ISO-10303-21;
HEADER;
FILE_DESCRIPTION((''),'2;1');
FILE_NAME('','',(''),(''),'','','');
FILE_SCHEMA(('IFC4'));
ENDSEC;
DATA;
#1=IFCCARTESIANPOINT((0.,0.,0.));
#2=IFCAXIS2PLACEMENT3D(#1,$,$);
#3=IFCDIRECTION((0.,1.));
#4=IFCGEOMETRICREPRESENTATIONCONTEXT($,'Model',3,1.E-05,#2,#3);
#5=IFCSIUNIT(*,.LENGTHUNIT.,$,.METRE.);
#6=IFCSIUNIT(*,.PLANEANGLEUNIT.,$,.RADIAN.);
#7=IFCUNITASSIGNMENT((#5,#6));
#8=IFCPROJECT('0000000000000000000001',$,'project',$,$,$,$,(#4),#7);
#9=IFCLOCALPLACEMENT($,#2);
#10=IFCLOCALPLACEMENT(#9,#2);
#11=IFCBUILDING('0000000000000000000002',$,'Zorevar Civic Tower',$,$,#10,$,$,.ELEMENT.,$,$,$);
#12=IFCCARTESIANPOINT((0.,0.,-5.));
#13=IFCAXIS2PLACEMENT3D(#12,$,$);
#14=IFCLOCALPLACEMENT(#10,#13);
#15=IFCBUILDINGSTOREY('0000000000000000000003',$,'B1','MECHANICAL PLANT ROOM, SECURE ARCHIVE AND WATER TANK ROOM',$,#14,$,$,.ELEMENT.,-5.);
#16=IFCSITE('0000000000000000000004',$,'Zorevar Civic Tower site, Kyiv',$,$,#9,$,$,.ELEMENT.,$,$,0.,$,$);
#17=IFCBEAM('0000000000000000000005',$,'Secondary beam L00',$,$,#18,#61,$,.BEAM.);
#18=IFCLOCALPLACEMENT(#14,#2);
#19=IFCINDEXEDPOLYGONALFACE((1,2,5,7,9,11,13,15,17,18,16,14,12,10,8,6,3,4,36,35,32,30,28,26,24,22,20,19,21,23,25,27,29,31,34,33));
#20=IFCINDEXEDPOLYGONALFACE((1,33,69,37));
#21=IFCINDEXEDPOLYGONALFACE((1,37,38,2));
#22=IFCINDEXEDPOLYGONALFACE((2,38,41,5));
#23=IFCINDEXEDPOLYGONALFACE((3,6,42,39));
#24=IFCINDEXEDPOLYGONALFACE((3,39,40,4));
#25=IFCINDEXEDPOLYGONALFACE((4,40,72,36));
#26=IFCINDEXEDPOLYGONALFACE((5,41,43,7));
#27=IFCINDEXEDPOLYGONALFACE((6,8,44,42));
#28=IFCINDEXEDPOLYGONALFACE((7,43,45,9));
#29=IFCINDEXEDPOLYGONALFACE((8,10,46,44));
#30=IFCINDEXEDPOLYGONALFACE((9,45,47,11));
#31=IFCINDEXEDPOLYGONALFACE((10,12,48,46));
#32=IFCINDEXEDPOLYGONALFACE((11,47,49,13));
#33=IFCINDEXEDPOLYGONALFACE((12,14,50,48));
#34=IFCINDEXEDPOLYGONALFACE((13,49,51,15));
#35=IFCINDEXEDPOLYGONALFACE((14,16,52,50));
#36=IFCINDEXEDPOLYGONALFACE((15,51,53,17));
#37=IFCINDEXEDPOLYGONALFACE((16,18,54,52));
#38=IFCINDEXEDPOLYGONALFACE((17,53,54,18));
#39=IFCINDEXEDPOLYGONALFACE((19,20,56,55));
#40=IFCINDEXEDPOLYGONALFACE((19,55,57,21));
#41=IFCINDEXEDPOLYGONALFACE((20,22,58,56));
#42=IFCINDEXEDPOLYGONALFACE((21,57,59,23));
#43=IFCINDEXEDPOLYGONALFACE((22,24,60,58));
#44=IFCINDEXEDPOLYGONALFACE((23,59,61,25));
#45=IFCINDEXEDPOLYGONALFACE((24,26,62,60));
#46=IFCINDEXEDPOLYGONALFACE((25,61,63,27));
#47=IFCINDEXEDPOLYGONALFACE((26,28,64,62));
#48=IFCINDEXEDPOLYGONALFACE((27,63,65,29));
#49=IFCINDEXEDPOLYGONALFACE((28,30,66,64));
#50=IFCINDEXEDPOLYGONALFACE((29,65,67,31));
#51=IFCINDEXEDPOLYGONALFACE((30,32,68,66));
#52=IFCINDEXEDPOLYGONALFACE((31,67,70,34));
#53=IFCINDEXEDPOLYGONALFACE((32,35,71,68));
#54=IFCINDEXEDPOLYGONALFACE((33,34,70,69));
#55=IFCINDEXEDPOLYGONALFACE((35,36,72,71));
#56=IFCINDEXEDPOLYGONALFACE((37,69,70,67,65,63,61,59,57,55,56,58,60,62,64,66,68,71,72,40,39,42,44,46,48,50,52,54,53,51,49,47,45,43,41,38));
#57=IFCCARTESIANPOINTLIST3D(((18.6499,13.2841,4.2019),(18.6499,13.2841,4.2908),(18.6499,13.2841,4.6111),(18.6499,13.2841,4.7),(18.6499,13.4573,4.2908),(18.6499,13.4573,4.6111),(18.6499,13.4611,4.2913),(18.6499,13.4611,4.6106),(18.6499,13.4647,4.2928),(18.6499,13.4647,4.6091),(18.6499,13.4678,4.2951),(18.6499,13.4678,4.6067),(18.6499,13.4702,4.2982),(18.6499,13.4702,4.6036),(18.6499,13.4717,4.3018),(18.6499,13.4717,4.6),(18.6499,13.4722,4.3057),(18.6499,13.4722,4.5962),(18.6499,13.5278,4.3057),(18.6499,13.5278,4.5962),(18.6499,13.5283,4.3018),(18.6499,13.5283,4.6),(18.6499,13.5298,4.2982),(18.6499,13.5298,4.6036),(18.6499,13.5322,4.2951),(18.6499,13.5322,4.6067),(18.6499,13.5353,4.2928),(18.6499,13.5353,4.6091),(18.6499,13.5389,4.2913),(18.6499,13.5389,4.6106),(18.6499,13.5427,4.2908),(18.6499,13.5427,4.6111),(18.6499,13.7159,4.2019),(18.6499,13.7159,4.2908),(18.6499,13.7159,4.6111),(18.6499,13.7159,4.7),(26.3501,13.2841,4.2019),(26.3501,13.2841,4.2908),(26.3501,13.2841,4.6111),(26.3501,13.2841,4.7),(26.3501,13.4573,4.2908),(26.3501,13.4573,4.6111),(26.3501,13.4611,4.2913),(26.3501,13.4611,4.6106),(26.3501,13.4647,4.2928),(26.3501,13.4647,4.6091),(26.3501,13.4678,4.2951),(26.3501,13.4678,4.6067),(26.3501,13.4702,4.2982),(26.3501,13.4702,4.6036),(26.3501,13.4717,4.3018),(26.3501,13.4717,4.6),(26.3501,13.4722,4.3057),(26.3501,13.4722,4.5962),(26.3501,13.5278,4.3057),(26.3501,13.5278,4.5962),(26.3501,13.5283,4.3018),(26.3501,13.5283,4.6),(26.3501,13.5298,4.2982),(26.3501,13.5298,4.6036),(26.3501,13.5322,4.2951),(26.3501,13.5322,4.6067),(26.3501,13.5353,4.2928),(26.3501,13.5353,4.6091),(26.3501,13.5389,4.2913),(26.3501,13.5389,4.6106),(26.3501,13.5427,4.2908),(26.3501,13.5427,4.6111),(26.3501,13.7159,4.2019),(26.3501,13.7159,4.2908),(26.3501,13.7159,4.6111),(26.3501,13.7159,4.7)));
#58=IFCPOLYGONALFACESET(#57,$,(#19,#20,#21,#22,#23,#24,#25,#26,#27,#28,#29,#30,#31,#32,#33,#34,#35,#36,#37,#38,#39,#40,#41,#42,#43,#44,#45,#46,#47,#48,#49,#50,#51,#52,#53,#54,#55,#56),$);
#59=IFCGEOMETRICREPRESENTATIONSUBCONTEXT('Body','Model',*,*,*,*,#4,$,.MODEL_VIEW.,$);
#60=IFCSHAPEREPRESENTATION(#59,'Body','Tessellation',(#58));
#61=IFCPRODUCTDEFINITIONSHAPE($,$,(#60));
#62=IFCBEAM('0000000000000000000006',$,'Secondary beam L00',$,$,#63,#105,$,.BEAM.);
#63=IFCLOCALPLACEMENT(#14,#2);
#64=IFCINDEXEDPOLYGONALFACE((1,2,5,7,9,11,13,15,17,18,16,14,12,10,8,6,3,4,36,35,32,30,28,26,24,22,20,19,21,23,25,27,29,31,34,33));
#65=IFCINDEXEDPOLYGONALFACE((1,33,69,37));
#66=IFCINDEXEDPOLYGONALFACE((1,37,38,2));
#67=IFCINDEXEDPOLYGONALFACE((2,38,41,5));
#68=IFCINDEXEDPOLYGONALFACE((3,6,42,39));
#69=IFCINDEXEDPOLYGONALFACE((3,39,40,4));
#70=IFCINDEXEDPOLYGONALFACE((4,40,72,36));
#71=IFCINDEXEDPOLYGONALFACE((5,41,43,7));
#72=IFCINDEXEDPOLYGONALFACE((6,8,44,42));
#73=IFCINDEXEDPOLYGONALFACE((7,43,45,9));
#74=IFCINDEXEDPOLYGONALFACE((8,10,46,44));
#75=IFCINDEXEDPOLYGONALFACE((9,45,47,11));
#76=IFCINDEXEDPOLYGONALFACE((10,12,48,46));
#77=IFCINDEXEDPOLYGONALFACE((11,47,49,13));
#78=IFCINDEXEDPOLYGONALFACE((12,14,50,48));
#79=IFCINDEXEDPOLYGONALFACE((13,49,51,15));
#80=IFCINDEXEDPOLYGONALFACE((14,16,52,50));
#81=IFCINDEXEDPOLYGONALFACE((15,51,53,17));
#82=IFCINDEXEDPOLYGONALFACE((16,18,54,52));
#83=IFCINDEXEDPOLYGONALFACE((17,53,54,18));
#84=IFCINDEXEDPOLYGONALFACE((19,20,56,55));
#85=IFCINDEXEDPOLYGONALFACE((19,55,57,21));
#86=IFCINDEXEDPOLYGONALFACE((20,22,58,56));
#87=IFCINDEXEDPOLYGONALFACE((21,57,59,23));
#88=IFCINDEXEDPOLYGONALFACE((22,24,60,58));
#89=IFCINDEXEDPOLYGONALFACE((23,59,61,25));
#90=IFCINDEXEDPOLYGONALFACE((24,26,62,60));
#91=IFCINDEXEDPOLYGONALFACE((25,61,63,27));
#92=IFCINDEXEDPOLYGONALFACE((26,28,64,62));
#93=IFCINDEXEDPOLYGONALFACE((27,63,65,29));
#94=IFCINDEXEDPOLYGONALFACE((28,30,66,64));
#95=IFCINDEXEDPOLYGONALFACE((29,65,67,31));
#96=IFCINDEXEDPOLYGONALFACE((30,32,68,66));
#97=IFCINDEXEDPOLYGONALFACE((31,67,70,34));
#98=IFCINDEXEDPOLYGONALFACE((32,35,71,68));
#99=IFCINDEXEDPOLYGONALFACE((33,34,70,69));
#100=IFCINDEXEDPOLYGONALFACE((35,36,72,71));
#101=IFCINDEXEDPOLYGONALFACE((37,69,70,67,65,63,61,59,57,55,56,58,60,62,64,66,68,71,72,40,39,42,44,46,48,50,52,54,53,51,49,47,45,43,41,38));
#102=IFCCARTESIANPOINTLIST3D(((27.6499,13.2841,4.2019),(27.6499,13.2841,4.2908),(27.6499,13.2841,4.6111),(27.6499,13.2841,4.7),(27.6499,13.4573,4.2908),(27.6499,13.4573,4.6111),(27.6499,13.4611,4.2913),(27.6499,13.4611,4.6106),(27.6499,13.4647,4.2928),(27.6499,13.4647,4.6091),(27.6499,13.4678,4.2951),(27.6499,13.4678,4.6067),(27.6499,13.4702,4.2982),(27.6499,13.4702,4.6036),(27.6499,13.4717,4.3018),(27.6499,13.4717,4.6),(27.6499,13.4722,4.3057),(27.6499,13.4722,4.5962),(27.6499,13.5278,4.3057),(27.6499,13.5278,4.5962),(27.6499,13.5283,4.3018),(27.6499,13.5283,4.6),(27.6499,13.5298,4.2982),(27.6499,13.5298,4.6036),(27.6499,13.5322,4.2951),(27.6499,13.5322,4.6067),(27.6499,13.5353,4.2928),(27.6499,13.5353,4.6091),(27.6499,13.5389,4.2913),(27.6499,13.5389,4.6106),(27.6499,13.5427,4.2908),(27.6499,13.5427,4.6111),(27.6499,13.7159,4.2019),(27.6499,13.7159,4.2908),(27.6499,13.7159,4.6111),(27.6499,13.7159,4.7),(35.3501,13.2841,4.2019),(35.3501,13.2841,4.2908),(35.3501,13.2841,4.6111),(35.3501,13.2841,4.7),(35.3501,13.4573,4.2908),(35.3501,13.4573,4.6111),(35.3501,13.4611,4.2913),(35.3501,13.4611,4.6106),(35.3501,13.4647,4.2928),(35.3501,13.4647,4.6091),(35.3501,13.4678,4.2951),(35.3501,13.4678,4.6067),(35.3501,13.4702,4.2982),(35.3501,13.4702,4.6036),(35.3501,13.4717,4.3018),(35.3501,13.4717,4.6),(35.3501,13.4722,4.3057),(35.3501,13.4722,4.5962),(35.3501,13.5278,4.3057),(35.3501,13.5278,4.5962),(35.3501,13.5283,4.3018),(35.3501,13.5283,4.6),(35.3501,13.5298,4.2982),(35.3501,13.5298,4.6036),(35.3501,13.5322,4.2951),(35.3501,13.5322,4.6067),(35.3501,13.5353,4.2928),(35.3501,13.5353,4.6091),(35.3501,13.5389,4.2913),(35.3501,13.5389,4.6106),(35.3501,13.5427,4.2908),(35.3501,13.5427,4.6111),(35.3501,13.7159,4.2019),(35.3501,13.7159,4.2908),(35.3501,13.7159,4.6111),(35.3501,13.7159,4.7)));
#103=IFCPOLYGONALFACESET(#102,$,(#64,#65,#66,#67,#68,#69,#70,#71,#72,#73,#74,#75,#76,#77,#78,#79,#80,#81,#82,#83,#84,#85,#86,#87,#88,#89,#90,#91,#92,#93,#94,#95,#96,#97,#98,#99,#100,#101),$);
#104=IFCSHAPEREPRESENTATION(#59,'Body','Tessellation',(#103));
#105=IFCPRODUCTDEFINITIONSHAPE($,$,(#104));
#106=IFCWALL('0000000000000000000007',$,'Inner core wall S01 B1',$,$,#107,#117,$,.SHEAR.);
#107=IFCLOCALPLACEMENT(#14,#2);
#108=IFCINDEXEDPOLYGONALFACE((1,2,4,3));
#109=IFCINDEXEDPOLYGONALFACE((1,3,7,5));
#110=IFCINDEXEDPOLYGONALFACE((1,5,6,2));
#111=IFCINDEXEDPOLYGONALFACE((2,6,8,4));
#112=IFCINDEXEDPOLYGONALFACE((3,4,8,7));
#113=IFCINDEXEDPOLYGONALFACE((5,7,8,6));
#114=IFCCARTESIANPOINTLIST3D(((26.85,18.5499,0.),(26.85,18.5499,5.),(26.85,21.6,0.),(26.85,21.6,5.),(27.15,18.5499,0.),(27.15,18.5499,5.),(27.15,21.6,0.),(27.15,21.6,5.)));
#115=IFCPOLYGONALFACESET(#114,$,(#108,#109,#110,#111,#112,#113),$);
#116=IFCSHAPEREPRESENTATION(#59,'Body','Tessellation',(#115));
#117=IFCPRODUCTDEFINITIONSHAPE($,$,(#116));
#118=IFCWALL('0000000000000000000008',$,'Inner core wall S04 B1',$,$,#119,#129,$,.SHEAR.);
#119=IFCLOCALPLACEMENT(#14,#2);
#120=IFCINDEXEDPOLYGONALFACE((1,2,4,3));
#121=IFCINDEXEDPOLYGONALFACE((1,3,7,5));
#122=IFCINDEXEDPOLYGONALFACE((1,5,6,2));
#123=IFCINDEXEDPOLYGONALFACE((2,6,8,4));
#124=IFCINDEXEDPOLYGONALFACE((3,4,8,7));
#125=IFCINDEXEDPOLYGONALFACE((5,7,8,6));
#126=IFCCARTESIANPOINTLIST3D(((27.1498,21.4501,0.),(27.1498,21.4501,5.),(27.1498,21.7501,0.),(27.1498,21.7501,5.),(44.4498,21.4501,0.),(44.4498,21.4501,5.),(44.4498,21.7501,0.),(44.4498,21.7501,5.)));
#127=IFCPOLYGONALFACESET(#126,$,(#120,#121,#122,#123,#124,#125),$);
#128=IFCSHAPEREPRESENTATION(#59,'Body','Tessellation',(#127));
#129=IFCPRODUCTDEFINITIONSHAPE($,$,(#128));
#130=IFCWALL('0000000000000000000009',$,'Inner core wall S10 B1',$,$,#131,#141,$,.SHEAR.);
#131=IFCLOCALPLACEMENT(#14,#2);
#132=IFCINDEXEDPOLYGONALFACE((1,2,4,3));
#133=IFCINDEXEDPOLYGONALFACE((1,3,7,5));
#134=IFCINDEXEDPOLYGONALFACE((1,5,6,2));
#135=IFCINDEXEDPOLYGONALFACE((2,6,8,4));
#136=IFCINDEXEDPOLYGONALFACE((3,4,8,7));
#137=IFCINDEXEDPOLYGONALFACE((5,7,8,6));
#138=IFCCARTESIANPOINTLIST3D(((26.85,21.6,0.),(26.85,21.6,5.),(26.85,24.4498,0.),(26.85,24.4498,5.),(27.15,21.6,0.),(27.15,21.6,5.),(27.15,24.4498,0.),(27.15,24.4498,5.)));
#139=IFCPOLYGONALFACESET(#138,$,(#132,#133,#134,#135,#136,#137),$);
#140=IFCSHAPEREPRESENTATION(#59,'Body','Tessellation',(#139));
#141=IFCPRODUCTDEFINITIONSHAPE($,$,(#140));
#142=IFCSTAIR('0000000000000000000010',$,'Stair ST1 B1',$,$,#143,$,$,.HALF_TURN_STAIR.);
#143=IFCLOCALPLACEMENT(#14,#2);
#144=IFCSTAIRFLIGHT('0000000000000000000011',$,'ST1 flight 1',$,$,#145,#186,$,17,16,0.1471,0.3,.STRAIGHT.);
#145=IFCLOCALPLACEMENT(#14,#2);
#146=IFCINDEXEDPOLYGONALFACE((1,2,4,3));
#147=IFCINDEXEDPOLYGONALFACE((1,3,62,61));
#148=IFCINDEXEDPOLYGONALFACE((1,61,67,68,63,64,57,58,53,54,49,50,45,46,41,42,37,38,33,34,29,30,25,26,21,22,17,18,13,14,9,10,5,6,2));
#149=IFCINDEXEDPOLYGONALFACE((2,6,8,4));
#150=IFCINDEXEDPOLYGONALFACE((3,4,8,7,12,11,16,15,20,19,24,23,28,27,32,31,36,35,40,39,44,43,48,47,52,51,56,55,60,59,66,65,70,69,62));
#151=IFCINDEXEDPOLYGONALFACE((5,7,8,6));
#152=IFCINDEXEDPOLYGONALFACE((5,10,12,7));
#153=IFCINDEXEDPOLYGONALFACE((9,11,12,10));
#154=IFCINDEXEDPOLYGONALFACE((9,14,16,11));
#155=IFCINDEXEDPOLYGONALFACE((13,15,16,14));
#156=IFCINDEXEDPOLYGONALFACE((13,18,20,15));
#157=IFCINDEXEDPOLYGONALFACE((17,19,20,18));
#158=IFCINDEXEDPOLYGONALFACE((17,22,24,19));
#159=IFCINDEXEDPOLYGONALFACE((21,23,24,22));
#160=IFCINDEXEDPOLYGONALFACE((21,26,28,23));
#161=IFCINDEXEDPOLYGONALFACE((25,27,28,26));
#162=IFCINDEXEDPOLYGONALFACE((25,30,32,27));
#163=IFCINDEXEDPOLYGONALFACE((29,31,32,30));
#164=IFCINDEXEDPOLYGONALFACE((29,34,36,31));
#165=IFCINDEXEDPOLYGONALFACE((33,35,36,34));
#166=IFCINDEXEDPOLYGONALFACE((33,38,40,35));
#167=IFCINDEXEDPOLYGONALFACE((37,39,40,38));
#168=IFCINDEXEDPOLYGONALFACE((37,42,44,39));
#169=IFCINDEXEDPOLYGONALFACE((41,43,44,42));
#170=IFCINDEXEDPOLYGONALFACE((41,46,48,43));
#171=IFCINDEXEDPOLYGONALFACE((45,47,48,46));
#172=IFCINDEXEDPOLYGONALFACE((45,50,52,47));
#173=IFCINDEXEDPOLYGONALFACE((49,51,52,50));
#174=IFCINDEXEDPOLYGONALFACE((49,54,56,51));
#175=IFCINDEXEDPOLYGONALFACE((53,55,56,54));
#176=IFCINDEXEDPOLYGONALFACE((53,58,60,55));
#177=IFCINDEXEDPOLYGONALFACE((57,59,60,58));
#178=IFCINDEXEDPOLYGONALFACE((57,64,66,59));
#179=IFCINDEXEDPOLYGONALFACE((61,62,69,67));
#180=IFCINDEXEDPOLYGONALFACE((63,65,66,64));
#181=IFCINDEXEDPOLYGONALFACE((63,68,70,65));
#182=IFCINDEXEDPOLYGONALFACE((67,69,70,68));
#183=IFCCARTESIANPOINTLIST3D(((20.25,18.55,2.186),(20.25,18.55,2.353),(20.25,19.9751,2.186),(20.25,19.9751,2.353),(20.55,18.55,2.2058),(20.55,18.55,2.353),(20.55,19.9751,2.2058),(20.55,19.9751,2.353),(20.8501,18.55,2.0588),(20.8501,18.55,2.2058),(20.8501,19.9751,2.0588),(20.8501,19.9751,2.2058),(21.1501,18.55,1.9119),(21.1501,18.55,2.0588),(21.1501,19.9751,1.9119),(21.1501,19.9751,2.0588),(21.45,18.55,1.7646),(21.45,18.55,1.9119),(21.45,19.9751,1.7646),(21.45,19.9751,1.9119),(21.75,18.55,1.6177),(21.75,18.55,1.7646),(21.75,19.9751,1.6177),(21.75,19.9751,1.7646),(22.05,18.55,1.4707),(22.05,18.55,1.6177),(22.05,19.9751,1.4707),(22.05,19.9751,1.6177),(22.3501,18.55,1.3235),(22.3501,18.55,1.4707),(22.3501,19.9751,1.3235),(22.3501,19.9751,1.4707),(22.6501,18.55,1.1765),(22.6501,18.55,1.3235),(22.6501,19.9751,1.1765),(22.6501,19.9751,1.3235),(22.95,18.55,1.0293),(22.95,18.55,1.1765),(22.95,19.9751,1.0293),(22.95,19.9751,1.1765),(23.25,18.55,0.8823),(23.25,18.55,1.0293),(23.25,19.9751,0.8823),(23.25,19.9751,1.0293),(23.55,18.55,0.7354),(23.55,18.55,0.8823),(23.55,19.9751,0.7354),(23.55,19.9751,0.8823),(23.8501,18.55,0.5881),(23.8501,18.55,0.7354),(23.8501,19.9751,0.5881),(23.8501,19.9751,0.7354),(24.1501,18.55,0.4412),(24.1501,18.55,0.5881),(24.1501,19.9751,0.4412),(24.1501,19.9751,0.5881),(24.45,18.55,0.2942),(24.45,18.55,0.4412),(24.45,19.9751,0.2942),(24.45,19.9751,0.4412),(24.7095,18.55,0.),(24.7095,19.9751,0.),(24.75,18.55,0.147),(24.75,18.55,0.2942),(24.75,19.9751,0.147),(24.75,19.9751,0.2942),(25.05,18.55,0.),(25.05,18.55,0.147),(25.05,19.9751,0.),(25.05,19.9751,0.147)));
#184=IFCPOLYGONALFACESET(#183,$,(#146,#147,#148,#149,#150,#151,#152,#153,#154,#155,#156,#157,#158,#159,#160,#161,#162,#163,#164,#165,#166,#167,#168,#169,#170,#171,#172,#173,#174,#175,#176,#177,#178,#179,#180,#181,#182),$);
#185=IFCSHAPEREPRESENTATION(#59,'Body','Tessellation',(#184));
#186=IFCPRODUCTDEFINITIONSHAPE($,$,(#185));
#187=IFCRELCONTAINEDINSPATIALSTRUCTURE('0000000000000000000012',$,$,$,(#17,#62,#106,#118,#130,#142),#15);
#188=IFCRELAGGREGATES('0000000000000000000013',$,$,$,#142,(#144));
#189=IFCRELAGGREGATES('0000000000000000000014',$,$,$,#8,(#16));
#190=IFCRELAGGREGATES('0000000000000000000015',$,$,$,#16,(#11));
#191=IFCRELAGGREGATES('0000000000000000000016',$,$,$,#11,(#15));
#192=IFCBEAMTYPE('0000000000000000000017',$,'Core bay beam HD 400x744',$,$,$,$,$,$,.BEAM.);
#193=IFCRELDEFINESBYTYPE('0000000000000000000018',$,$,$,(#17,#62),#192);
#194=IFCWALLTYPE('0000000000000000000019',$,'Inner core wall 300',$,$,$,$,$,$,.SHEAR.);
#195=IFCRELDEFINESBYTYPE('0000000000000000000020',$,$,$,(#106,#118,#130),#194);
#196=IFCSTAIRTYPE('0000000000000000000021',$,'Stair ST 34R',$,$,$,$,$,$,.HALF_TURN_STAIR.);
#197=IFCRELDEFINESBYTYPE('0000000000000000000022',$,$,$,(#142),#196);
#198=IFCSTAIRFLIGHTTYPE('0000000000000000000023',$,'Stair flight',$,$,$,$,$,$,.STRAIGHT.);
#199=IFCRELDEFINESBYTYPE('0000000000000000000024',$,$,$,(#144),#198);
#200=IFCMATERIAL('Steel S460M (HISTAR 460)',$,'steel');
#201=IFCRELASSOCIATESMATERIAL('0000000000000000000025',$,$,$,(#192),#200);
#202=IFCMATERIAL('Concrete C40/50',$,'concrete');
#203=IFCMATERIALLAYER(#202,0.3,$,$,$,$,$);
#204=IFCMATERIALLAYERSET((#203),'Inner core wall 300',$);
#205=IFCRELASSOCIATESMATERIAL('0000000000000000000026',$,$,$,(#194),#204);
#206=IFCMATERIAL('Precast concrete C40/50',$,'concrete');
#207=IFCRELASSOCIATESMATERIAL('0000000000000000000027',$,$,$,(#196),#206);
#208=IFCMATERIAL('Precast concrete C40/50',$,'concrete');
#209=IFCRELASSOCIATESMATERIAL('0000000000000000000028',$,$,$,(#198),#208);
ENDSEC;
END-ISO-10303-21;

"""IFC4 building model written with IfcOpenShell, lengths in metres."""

from ifc_helpers import new_model, si_unit, direction, frame, frame_2d, origin, origin_2d, place, context, subcontext, project, spatial, polyline, rectangle, i_section, outline, extrude, material, layer, layer_set, material_profile, profile_set, type_object, element, aggregate, save


model = new_model("IFC4")

# Units and contexts
model_context = context("Model", 3, precision=1e-05, world=origin(), true_north=direction((0.0, 1.0)))
body_context = subcontext(model_context, "Body", "Model", "MODEL_VIEW")
ifc_project = project(units=[si_unit("LENGTHUNIT", "METRE"), si_unit("PLANEANGLEUNIT", "RADIAN")], contexts=[model_context])

# Site, building, storey
site_placement = place(None, origin())
site = spatial("IfcSite", under=ifc_project, at=site_placement, Name="Zorevar Civic Tower site, Kyiv", CompositionType="ELEMENT", RefElevation=0.0)
building_placement = place(site_placement, origin())
building = spatial("IfcBuilding", under=site, at=building_placement, Name="Zorevar Civic Tower", CompositionType="ELEMENT")
storey_placement = place(building_placement, frame((0.0, 0.0, -5.0)))
storey = spatial("IfcBuildingStorey", under=building, at=storey_placement, Name="B1", Description="MECHANICAL PLANT ROOM, SECURE ARCHIVE AND WATER TANK ROOM", CompositionType="ELEMENT", Elevation=-5.0)

# Beams
ifc_material_1 = material(Name="Steel S460M (HISTAR 460)", Category="steel")
ifc_material_profile = material_profile(ifc_material_1, i_section(OverallWidth=0.4319, OverallDepth=0.498, WebThickness=0.0557, FlangeThickness=0.0889, FilletRadius=0.0149, at=origin_2d()), Name="HD 400x744")
ifc_profile_set = profile_set([ifc_material_profile], Name="Steel S460M (HISTAR 460)")
beam_type = type_object("IfcBeamType", Name="Core bay beam HD 400x744", PredefinedType="BEAM", material=ifc_profile_set)
for number, where, z_axis, x_axis, name in (
    (1, (18.6499, 13.5, 4.4509), (1.0, 0.0, 0.0), (0.0, 1.0, 0.0), "Secondary beam L00"),
    (2, (27.6499, 13.5, 4.4509), (1.0, 0.0, 0.0), (0.0, 1.0, 0.0), "Secondary beam L00"),
):
    element("IfcBeam", number, at=place(storey_placement, frame(where, z_axis=z_axis, x_axis=x_axis)), inside=storey, type_object=beam_type, Name=name, PredefinedType="BEAM", context=body_context, shape_type="SweptSolid", body=[
        extrude(i_section(OverallWidth=0.4319, OverallDepth=0.498, WebThickness=0.0557, FlangeThickness=0.0889, FilletRadius=0.0149, at=origin_2d()), origin(), (0.0, 0.0, 1.0), 7.7002),
    ])

# Wall
ifc_material_2 = material(Name="Concrete C40/50", Category="concrete")
ifc_layer = layer(ifc_material_2, 0.3)
ifc_layer_set = layer_set([ifc_layer], Name="Inner core wall 300")
wall_type = type_object("IfcWallType", Name="Inner core wall 300", PredefinedType="SHEAR", material=ifc_layer_set)
wall_1_placement = place(storey_placement, frame((27.0, 18.55, 0.0), z_axis=(0.0, 0.0, 1.0), x_axis=(0.0, 1.0, 0.0)))
element("IfcWall", 3, at=wall_1_placement, inside=storey, type_object=wall_type, Name="Inner core wall S01 B1", PredefinedType="SHEAR", context=body_context, shape_type="SweptSolid", body=[
    extrude(rectangle(XDim=3.05, YDim=0.3, at=frame_2d((1.5249, 0.0))), origin(), (0.0, 0.0, 1.0), 5.0),
])

# Walls
wall_2_placement = place(storey_placement, frame((27.1499, 21.6001, 0.0), z_axis=(0.0, 0.0, 1.0), x_axis=(1.0, 0.0, 0.0)))
element("IfcWall", 4, at=wall_2_placement, inside=storey, type_object=wall_type, Name="Inner core wall S04 B1", PredefinedType="SHEAR", context=body_context, shape_type="SweptSolid", body=[
    extrude(rectangle(XDim=17.3, YDim=0.3, at=frame_2d((8.6499, 0.0))), origin(), (0.0, 0.0, 1.0), 5.0),
])
wall_3_placement = place(storey_placement, frame((27.0, 21.6001, 0.0), z_axis=(0.0, 0.0, 1.0), x_axis=(0.0, 1.0, 0.0)))
element("IfcWall", 5, at=wall_3_placement, inside=storey, type_object=wall_type, Name="Inner core wall S10 B1", PredefinedType="SHEAR", context=body_context, shape_type="SweptSolid", body=[
    extrude(rectangle(XDim=2.8499, YDim=0.3, at=frame_2d((1.4248, 0.0))), origin(), (0.0, 0.0, 1.0), 5.0),
])

# Stair, stair flight
ifc_material_3 = material(Name="Precast concrete C40/50", Category="concrete")
stair_type = type_object("IfcStairType", Name="Stair ST 34R", PredefinedType="HALF_TURN_STAIR", material=ifc_material_3)
stair_placement = place(storey_placement, origin())
stair = element("IfcStair", 6, at=stair_placement, inside=storey, type_object=stair_type, Name="Stair ST1 B1", PredefinedType="HALF_TURN_STAIR")
ifc_material_4 = material(Name="Precast concrete C40/50", Category="concrete")
stair_flight_type = type_object("IfcStairFlightType", Name="Stair flight", PredefinedType="STRAIGHT", material=ifc_material_4)
stair_flight_1_placement = place(storey_placement, frame((25.05, 19.2625, 0.0), z_axis=(0.0, 0.0, 1.0), x_axis=(-1.0, 0.0, 0.0)))
stair_flight_1 = element("IfcStairFlight", 7, at=stair_flight_1_placement, type_object=stair_flight_type, Name="ST1 flight 1", NumberOfRisers=17, NumberOfTreads=16, PredefinedType="STRAIGHT", RiserHeight=0.1471, TreadLength=0.3, context=body_context, shape_type="SweptSolid", body=[
    extrude(outline(polyline([(0.0, 0.0), (0.0, 0.147), (0.3, 0.147), (0.3, 0.2942), (0.6001, 0.2942), (0.6001, 0.4412), (0.8999, 0.4412), (0.8999, 0.5881), (1.2, 0.5881), (1.2, 0.7354), (1.5, 0.7354), (1.5, 0.8823), (1.8, 0.8823), (1.8, 1.0293), (2.1001, 1.0293), (2.1001, 1.1765), (2.3999, 1.1765), (2.3999, 1.3235), (2.7, 1.3235), (2.7, 1.4707), (3.0, 1.4707), (3.0, 1.6177), (3.3, 1.6177), (3.3, 1.7646), (3.6001, 1.7646), (3.6001, 1.9119), (3.8999, 1.9119), (3.8999, 2.0588), (4.2, 2.0588), (4.2, 2.2058), (4.5, 2.2058), (4.5, 2.353), (4.8, 2.353), (4.8, 2.5), (4.8, 2.186), (0.3406, 0.0), (0.0, 0.0)])), frame((0.0, 0.7124, 0.0), z_axis=(0.0, -1.0, 0.0), x_axis=(1.0, 0.0, 0.0)), (0.0, 0.0, 1.0), 1.425),
])
aggregate(stair, [stair_flight_1])

save(model, "model.ifc")
